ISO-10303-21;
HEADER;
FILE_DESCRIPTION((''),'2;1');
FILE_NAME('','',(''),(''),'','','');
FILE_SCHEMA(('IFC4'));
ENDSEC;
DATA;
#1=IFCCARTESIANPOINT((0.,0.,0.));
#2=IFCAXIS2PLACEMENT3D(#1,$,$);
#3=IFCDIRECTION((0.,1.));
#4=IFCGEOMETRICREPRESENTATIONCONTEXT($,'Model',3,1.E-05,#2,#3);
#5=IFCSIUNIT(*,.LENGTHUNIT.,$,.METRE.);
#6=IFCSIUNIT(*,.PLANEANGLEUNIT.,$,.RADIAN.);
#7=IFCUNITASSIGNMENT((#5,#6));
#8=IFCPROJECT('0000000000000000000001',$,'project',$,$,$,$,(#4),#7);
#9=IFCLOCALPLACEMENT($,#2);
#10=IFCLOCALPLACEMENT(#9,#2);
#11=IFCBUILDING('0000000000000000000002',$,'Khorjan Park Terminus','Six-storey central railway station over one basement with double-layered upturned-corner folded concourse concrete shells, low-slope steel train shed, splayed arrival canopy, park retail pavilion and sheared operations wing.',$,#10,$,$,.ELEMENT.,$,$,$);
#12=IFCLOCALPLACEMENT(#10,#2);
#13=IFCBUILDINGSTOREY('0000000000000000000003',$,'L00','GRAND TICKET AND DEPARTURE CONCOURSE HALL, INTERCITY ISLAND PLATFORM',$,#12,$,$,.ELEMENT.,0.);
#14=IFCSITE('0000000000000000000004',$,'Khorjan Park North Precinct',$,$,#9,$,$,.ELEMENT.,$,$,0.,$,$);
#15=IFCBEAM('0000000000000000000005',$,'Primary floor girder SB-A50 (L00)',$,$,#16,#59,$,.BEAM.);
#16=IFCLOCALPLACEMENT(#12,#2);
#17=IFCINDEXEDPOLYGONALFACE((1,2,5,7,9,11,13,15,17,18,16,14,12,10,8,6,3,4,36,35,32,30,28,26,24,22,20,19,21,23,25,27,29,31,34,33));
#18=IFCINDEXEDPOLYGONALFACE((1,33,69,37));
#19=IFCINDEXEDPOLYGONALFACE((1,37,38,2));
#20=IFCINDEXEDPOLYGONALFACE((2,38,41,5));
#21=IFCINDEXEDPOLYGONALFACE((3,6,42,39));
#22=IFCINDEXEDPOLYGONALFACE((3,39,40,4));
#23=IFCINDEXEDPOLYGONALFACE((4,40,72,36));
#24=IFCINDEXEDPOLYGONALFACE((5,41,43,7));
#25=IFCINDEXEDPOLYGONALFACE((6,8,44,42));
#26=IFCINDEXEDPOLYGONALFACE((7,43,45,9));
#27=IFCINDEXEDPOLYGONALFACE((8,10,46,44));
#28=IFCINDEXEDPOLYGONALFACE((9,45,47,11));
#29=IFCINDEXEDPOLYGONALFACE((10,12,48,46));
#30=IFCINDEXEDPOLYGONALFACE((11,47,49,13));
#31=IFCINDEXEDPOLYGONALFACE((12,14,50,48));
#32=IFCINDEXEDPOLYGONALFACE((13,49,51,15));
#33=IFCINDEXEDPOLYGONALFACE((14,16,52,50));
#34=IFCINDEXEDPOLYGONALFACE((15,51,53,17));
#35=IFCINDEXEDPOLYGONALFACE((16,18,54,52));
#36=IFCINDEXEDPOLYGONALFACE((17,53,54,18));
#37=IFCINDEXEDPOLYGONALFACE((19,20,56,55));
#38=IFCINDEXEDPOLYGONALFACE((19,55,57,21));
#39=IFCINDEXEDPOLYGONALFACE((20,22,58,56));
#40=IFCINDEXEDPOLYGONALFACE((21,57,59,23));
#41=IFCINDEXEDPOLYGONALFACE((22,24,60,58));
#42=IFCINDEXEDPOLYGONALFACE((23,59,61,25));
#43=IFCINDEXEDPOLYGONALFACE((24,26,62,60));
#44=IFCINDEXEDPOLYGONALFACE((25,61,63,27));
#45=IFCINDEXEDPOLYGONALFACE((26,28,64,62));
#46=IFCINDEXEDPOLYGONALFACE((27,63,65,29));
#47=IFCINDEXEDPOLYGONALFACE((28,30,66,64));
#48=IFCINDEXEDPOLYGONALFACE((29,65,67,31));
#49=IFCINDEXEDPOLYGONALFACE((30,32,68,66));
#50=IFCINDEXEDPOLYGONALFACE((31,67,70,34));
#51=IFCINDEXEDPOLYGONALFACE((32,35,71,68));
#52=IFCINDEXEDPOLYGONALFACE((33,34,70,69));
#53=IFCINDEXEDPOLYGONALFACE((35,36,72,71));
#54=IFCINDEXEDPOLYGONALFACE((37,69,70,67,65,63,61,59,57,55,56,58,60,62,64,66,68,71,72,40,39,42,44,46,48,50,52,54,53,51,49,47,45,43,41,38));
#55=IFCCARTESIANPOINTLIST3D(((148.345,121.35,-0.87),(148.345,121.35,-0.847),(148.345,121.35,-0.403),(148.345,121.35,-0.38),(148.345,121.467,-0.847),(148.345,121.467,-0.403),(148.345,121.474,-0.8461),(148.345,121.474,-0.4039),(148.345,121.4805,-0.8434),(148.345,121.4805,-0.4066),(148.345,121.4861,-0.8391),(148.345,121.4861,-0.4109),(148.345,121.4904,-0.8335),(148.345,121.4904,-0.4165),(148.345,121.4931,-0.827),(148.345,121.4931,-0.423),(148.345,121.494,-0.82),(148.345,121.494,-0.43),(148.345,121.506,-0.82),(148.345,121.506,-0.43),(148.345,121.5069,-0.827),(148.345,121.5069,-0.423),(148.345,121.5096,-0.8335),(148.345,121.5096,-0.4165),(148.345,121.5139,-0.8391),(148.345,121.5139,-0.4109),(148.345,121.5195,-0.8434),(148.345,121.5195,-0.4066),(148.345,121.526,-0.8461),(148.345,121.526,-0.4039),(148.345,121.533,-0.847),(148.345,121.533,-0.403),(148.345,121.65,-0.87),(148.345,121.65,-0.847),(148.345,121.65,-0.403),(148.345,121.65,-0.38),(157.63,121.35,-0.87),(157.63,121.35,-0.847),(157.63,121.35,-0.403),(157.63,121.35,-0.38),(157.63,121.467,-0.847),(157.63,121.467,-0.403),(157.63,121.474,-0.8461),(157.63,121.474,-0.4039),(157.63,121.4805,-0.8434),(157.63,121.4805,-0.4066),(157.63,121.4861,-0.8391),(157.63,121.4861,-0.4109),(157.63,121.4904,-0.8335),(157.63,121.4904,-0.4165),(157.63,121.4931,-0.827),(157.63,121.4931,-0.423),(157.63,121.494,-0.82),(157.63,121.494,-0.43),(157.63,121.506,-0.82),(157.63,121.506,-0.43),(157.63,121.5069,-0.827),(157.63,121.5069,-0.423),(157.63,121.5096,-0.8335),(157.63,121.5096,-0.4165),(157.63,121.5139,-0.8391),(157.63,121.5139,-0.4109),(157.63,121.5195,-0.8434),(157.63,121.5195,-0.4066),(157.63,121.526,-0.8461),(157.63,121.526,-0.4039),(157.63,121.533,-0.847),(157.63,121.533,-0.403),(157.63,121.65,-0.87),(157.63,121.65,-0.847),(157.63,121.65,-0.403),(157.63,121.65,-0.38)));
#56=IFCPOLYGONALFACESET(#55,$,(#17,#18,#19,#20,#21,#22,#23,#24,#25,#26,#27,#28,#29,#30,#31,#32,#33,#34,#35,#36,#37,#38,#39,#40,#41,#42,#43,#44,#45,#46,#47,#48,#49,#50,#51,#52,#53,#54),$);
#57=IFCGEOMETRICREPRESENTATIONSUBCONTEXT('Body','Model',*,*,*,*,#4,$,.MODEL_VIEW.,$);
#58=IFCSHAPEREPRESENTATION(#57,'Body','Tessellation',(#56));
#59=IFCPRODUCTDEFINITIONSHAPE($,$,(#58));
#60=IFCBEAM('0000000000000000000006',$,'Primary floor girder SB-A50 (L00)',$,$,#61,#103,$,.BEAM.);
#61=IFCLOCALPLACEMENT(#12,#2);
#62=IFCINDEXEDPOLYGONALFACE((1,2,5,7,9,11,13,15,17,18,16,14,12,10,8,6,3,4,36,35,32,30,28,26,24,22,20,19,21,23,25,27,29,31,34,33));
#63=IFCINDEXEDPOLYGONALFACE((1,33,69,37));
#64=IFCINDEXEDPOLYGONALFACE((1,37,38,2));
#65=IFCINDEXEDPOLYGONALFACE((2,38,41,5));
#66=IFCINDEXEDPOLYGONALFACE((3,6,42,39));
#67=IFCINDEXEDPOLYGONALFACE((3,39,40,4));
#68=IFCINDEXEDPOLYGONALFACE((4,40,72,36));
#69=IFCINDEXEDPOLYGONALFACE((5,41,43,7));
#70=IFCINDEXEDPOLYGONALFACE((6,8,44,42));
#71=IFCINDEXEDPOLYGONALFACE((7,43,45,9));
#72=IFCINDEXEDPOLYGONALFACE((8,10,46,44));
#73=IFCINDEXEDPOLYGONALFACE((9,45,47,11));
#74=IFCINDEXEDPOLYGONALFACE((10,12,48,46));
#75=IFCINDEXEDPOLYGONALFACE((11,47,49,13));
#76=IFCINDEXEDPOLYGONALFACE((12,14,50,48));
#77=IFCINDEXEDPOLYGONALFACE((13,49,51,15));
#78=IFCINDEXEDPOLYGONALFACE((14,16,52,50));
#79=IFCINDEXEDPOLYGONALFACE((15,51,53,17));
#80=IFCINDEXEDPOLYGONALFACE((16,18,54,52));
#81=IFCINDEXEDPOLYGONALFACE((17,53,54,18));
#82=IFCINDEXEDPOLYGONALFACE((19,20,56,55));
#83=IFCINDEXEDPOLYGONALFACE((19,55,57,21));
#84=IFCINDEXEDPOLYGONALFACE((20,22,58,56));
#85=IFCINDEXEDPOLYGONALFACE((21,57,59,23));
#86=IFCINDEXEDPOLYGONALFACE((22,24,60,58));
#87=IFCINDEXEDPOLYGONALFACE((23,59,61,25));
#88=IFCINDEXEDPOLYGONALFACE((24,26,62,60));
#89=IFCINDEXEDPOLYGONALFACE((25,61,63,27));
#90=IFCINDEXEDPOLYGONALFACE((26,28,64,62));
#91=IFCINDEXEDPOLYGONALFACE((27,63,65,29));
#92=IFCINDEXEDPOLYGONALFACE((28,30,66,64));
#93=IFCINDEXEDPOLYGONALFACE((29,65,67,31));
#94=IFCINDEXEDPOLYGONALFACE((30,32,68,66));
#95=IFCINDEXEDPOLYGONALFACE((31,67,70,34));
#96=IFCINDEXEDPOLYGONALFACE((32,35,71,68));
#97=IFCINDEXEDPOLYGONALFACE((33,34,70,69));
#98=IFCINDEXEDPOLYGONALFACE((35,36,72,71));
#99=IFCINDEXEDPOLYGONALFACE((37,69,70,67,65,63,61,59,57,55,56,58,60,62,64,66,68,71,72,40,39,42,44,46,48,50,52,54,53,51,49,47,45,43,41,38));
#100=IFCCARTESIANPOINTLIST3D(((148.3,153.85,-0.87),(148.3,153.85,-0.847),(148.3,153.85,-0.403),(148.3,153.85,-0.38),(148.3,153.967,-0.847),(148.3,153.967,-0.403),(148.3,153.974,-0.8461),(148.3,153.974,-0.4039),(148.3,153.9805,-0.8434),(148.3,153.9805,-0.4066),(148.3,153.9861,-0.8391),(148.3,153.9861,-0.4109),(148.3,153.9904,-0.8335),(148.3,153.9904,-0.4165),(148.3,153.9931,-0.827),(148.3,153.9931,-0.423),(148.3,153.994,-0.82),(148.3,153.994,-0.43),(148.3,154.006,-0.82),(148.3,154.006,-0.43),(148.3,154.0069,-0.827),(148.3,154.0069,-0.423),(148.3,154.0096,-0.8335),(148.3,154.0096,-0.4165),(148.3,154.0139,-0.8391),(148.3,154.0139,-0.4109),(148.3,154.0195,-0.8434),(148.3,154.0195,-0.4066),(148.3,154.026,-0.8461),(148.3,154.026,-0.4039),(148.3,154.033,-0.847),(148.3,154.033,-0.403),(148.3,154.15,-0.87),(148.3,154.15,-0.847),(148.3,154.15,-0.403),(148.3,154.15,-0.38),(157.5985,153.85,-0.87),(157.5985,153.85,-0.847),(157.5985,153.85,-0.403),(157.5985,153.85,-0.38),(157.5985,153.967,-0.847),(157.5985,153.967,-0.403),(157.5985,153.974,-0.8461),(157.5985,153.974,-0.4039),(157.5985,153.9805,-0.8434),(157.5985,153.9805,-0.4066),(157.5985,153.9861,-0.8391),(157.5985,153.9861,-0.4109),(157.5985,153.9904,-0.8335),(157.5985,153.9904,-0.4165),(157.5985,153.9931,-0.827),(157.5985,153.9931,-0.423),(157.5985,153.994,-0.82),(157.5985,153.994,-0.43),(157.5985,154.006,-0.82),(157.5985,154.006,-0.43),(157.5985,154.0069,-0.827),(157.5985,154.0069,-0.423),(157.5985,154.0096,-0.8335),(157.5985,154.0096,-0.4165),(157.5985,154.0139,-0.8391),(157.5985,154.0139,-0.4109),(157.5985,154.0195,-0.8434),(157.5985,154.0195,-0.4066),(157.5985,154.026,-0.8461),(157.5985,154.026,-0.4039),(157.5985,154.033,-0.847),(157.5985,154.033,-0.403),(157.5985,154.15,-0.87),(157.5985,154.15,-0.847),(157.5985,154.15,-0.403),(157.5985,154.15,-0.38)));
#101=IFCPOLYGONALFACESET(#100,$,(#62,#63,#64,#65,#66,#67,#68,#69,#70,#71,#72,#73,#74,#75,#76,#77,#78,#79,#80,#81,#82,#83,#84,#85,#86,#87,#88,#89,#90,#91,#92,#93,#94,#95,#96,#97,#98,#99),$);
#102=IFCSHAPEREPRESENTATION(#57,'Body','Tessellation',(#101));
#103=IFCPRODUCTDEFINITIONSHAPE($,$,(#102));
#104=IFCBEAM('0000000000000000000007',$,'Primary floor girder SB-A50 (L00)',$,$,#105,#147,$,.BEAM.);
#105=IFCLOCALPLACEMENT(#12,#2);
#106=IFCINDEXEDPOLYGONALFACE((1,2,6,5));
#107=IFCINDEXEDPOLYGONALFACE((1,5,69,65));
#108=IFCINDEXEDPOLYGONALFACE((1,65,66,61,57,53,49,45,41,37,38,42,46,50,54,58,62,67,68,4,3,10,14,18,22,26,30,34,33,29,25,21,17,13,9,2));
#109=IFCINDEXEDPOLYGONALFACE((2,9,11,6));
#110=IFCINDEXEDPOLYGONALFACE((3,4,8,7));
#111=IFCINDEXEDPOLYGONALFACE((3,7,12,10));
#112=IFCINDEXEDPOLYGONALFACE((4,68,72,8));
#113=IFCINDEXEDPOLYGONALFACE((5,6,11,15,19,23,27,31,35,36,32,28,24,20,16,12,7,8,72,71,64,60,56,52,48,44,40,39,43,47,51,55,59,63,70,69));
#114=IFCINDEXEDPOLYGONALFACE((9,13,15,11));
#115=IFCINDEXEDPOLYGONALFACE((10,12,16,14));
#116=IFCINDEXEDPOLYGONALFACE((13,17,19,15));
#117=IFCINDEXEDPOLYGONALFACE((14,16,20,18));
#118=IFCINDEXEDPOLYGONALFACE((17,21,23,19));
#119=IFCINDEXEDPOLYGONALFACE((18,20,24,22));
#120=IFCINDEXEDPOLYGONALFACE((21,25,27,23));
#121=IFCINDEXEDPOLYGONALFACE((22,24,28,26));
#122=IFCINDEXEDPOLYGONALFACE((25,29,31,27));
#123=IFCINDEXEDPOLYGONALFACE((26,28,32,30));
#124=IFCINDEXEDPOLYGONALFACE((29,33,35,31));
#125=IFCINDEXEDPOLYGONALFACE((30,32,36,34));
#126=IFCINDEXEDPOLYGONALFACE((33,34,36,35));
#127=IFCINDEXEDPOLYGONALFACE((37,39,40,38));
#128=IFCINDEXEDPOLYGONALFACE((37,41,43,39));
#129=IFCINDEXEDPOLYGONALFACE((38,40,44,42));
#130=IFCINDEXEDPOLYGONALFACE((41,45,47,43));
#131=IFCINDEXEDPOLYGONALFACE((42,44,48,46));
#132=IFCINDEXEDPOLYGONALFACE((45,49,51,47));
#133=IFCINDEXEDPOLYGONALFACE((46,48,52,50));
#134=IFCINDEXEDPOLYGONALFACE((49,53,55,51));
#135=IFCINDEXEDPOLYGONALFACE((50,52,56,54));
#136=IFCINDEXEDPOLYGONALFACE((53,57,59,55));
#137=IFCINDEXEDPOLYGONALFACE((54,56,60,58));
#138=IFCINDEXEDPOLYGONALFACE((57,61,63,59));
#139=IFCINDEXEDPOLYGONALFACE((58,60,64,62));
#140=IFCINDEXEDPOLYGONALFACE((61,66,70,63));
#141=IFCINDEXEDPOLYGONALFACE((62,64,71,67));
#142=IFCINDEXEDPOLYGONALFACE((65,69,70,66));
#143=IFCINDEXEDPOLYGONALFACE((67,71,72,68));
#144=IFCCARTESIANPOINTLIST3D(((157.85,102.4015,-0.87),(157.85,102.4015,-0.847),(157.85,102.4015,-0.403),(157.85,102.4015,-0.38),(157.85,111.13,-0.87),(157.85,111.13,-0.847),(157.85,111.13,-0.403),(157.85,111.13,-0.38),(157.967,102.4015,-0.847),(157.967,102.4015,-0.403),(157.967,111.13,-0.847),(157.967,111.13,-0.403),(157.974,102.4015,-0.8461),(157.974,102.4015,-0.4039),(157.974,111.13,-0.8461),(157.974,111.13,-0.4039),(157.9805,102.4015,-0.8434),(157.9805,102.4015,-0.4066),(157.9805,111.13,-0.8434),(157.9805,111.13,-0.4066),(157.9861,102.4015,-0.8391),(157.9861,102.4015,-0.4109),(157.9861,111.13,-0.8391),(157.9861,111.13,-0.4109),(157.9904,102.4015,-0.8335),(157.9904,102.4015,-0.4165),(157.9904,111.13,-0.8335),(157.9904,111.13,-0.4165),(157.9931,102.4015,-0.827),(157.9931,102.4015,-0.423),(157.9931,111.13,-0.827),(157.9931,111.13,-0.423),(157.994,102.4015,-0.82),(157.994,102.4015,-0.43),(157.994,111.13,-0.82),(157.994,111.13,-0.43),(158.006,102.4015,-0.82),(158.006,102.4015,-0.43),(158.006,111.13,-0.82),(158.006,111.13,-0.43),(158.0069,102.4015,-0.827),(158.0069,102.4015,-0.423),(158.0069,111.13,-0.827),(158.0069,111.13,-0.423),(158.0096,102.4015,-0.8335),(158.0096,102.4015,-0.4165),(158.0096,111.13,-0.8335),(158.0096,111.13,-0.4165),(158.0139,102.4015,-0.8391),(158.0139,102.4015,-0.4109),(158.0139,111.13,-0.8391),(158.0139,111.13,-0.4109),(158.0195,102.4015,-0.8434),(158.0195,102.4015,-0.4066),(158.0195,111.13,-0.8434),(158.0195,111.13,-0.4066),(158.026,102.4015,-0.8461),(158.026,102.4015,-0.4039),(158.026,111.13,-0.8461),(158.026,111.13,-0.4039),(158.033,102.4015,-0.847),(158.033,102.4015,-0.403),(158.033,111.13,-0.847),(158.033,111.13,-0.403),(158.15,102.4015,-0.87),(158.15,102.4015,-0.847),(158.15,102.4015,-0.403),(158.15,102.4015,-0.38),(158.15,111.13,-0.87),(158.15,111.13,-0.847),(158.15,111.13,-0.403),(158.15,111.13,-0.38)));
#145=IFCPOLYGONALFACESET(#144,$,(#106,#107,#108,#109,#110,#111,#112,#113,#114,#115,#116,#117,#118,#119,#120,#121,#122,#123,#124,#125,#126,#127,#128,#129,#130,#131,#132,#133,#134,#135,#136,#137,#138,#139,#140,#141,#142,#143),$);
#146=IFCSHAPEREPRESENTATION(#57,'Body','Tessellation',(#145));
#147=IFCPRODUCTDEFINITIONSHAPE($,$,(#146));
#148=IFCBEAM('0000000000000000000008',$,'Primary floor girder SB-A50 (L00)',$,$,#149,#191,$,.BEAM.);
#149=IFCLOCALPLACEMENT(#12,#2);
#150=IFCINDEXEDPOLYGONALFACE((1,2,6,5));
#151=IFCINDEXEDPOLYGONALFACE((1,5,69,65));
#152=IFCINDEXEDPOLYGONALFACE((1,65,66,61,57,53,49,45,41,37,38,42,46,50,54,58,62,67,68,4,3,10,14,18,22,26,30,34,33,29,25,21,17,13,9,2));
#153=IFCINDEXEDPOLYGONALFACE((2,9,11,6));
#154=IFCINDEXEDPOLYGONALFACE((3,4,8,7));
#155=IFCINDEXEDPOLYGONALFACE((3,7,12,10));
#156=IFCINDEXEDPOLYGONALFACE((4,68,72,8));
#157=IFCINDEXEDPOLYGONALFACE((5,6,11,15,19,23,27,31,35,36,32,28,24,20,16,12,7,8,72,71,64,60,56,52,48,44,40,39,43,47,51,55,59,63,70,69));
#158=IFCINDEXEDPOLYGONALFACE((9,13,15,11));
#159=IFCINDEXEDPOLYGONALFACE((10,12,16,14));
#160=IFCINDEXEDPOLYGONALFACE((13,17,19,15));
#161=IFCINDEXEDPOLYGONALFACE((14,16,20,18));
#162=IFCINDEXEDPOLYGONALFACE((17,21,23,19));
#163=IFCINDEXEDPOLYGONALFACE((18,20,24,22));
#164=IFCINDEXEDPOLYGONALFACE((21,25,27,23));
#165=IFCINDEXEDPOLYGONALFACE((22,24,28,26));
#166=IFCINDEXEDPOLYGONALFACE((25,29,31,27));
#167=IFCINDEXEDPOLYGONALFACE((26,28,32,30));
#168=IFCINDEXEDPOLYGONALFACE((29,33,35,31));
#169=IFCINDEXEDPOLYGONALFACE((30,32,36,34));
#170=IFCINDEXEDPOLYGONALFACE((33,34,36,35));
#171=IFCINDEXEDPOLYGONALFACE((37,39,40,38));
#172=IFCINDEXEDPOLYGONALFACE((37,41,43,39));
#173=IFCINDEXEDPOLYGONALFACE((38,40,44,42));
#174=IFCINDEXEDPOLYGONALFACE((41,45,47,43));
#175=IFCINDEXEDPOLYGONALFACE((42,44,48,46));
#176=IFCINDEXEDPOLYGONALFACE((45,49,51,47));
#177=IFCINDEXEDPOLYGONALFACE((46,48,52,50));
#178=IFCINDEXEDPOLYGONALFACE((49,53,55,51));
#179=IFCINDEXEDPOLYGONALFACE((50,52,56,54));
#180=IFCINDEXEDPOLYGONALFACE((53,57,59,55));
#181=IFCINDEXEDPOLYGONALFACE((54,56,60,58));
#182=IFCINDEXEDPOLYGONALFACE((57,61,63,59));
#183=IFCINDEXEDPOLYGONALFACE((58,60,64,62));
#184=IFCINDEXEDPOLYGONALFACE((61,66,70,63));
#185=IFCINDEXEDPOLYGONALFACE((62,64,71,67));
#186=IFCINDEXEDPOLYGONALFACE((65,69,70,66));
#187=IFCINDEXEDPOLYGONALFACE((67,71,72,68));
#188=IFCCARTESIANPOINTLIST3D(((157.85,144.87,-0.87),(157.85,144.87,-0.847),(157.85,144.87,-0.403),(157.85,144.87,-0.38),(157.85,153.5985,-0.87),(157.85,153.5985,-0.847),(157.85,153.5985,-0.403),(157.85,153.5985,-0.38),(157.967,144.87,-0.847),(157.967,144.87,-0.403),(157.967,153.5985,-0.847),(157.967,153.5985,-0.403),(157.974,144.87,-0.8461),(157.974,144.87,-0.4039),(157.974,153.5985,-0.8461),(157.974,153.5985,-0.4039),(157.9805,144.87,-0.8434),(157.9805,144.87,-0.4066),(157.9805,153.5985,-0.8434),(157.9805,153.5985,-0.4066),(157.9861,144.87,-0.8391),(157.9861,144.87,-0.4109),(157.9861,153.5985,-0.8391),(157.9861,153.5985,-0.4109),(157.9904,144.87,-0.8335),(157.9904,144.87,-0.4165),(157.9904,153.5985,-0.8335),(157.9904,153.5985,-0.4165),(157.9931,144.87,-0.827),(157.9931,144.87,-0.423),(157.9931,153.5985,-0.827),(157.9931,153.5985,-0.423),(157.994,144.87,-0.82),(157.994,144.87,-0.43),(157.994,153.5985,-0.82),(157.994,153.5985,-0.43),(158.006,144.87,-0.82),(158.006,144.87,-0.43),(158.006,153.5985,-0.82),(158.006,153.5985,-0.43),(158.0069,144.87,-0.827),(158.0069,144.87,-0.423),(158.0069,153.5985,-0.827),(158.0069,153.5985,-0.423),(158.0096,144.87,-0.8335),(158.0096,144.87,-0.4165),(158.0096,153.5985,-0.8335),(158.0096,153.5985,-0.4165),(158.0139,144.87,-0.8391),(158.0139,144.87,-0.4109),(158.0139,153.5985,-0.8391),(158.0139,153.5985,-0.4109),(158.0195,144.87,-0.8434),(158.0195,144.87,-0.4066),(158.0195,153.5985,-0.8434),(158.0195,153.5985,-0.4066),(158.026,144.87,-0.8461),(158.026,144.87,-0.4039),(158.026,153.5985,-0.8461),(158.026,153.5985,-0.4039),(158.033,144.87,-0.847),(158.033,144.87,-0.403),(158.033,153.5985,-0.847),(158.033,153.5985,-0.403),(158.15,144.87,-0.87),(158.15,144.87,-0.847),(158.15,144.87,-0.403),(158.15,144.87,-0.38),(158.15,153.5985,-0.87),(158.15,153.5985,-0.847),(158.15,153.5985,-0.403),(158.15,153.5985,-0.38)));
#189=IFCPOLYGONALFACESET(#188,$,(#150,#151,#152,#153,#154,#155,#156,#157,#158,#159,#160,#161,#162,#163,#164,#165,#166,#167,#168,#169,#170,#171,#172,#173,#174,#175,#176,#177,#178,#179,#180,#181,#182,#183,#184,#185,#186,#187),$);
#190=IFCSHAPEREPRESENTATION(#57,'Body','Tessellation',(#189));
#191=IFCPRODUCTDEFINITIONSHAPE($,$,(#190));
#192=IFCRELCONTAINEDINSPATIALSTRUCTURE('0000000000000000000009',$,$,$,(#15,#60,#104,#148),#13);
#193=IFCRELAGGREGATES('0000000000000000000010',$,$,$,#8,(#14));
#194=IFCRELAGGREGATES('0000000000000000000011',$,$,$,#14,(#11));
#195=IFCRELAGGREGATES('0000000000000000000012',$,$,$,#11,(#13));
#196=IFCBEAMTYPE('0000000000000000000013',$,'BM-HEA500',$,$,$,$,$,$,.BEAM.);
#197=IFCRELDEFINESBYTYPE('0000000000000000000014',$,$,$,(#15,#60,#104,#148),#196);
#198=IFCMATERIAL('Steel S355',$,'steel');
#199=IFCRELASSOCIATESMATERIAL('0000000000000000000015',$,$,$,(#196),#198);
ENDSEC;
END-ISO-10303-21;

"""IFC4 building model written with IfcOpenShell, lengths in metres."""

from ifc_helpers import new_model, si_unit, direction, frame, origin, origin_2d, place, context, subcontext, project, spatial, i_section, extrude, material, material_profile, profile_set, type_object, element, save


model = new_model("IFC4")

# Units and contexts
model_context = context("Model", 3, precision=1e-05, world=origin(), true_north=direction((0.0, 1.0)))
body_context = subcontext(model_context, "Body", "Model", "MODEL_VIEW")
ifc_project = project(units=[si_unit("LENGTHUNIT", "METRE"), si_unit("PLANEANGLEUNIT", "RADIAN")], contexts=[model_context])

# Site, building, storey
site_placement = place(None, origin())
site = spatial("IfcSite", under=ifc_project, at=site_placement, Name="Khorjan Park North Precinct", CompositionType="ELEMENT", RefElevation=0.0)
building_placement = place(site_placement, origin())
building = spatial("IfcBuilding", under=site, at=building_placement, Name="Khorjan Park Terminus", Description="Six-storey central railway station over one basement with double-layered upturned-corner folded concourse concrete shells, low-slope steel train shed, splayed arrival canopy, park retail pavilion and sheared operations wing.", CompositionType="ELEMENT")
storey_placement = place(building_placement, origin())
storey = spatial("IfcBuildingStorey", under=building, at=storey_placement, Name="L00", Description="GRAND TICKET AND DEPARTURE CONCOURSE HALL, INTERCITY ISLAND PLATFORM", CompositionType="ELEMENT", Elevation=0.0)

# Shared definitions
ifc_material_1 = material(Name="Steel S355", Category="steel")

# Beams
ifc_material_profile_1 = material_profile(ifc_material_1, i_section(OverallWidth=0.3, OverallDepth=0.49, WebThickness=0.012, FlangeThickness=0.023, FilletRadius=0.027, at=origin_2d()), Name="HEA 500")
ifc_profile_set_1 = profile_set([ifc_material_profile_1], Name="Steel S355")
beam_type_1 = type_object("IfcBeamType", Name="BM-HEA500", PredefinedType="BEAM", material=ifc_profile_set_1)
beam_1_placement = place(storey_placement, frame((148.345, 121.5, -0.625), z_axis=(1.0, 0.0, 0.0), x_axis=(0.0, 1.0, 0.0)))
element("IfcBeam", 1, at=beam_1_placement, inside=storey, type_object=beam_type_1, Name="Primary floor girder SB-A50 (L00)", PredefinedType="BEAM", context=body_context, shape_type="SweptSolid", body=[
    extrude(i_section(OverallWidth=0.3, OverallDepth=0.49, WebThickness=0.012, FlangeThickness=0.023, FilletRadius=0.027, at=origin_2d()), origin(), (0.0, 0.0, 1.0), 9.285),
])
beam_2_placement = place(storey_placement, frame((148.3, 154.0, -0.625), z_axis=(1.0, 0.0, 0.0), x_axis=(0.0, 1.0, 0.0)))
element("IfcBeam", 2, at=beam_2_placement, inside=storey, type_object=beam_type_1, Name="Primary floor girder SB-A50 (L00)", PredefinedType="BEAM", context=body_context, shape_type="SweptSolid", body=[
    extrude(i_section(OverallWidth=0.3, OverallDepth=0.49, WebThickness=0.012, FlangeThickness=0.023, FilletRadius=0.027, at=origin_2d()), origin(), (0.0, 0.0, 1.0), 9.2985),
])
for number, where, z_axis, x_axis, name in (
    (3, (158.0, 102.4015, -0.625), (0.0, 1.0, 0.0), (-1.0, 0.0, 0.0), "Primary floor girder SB-A50 (L00)"),
    (4, (158.0, 144.87, -0.625), (0.0, 1.0, 0.0), (-1.0, 0.0, 0.0), "Primary floor girder SB-A50 (L00)"),
):
    element("IfcBeam", number, at=place(storey_placement, frame(where, z_axis=z_axis, x_axis=x_axis)), inside=storey, type_object=beam_type_1, Name=name, PredefinedType="BEAM", context=body_context, shape_type="SweptSolid", body=[
        extrude(i_section(OverallWidth=0.3, OverallDepth=0.49, WebThickness=0.012, FlangeThickness=0.023, FilletRadius=0.027, at=origin_2d()), origin(), (0.0, 0.0, 1.0), 8.7285),
    ])

save(model, "model.ifc")
